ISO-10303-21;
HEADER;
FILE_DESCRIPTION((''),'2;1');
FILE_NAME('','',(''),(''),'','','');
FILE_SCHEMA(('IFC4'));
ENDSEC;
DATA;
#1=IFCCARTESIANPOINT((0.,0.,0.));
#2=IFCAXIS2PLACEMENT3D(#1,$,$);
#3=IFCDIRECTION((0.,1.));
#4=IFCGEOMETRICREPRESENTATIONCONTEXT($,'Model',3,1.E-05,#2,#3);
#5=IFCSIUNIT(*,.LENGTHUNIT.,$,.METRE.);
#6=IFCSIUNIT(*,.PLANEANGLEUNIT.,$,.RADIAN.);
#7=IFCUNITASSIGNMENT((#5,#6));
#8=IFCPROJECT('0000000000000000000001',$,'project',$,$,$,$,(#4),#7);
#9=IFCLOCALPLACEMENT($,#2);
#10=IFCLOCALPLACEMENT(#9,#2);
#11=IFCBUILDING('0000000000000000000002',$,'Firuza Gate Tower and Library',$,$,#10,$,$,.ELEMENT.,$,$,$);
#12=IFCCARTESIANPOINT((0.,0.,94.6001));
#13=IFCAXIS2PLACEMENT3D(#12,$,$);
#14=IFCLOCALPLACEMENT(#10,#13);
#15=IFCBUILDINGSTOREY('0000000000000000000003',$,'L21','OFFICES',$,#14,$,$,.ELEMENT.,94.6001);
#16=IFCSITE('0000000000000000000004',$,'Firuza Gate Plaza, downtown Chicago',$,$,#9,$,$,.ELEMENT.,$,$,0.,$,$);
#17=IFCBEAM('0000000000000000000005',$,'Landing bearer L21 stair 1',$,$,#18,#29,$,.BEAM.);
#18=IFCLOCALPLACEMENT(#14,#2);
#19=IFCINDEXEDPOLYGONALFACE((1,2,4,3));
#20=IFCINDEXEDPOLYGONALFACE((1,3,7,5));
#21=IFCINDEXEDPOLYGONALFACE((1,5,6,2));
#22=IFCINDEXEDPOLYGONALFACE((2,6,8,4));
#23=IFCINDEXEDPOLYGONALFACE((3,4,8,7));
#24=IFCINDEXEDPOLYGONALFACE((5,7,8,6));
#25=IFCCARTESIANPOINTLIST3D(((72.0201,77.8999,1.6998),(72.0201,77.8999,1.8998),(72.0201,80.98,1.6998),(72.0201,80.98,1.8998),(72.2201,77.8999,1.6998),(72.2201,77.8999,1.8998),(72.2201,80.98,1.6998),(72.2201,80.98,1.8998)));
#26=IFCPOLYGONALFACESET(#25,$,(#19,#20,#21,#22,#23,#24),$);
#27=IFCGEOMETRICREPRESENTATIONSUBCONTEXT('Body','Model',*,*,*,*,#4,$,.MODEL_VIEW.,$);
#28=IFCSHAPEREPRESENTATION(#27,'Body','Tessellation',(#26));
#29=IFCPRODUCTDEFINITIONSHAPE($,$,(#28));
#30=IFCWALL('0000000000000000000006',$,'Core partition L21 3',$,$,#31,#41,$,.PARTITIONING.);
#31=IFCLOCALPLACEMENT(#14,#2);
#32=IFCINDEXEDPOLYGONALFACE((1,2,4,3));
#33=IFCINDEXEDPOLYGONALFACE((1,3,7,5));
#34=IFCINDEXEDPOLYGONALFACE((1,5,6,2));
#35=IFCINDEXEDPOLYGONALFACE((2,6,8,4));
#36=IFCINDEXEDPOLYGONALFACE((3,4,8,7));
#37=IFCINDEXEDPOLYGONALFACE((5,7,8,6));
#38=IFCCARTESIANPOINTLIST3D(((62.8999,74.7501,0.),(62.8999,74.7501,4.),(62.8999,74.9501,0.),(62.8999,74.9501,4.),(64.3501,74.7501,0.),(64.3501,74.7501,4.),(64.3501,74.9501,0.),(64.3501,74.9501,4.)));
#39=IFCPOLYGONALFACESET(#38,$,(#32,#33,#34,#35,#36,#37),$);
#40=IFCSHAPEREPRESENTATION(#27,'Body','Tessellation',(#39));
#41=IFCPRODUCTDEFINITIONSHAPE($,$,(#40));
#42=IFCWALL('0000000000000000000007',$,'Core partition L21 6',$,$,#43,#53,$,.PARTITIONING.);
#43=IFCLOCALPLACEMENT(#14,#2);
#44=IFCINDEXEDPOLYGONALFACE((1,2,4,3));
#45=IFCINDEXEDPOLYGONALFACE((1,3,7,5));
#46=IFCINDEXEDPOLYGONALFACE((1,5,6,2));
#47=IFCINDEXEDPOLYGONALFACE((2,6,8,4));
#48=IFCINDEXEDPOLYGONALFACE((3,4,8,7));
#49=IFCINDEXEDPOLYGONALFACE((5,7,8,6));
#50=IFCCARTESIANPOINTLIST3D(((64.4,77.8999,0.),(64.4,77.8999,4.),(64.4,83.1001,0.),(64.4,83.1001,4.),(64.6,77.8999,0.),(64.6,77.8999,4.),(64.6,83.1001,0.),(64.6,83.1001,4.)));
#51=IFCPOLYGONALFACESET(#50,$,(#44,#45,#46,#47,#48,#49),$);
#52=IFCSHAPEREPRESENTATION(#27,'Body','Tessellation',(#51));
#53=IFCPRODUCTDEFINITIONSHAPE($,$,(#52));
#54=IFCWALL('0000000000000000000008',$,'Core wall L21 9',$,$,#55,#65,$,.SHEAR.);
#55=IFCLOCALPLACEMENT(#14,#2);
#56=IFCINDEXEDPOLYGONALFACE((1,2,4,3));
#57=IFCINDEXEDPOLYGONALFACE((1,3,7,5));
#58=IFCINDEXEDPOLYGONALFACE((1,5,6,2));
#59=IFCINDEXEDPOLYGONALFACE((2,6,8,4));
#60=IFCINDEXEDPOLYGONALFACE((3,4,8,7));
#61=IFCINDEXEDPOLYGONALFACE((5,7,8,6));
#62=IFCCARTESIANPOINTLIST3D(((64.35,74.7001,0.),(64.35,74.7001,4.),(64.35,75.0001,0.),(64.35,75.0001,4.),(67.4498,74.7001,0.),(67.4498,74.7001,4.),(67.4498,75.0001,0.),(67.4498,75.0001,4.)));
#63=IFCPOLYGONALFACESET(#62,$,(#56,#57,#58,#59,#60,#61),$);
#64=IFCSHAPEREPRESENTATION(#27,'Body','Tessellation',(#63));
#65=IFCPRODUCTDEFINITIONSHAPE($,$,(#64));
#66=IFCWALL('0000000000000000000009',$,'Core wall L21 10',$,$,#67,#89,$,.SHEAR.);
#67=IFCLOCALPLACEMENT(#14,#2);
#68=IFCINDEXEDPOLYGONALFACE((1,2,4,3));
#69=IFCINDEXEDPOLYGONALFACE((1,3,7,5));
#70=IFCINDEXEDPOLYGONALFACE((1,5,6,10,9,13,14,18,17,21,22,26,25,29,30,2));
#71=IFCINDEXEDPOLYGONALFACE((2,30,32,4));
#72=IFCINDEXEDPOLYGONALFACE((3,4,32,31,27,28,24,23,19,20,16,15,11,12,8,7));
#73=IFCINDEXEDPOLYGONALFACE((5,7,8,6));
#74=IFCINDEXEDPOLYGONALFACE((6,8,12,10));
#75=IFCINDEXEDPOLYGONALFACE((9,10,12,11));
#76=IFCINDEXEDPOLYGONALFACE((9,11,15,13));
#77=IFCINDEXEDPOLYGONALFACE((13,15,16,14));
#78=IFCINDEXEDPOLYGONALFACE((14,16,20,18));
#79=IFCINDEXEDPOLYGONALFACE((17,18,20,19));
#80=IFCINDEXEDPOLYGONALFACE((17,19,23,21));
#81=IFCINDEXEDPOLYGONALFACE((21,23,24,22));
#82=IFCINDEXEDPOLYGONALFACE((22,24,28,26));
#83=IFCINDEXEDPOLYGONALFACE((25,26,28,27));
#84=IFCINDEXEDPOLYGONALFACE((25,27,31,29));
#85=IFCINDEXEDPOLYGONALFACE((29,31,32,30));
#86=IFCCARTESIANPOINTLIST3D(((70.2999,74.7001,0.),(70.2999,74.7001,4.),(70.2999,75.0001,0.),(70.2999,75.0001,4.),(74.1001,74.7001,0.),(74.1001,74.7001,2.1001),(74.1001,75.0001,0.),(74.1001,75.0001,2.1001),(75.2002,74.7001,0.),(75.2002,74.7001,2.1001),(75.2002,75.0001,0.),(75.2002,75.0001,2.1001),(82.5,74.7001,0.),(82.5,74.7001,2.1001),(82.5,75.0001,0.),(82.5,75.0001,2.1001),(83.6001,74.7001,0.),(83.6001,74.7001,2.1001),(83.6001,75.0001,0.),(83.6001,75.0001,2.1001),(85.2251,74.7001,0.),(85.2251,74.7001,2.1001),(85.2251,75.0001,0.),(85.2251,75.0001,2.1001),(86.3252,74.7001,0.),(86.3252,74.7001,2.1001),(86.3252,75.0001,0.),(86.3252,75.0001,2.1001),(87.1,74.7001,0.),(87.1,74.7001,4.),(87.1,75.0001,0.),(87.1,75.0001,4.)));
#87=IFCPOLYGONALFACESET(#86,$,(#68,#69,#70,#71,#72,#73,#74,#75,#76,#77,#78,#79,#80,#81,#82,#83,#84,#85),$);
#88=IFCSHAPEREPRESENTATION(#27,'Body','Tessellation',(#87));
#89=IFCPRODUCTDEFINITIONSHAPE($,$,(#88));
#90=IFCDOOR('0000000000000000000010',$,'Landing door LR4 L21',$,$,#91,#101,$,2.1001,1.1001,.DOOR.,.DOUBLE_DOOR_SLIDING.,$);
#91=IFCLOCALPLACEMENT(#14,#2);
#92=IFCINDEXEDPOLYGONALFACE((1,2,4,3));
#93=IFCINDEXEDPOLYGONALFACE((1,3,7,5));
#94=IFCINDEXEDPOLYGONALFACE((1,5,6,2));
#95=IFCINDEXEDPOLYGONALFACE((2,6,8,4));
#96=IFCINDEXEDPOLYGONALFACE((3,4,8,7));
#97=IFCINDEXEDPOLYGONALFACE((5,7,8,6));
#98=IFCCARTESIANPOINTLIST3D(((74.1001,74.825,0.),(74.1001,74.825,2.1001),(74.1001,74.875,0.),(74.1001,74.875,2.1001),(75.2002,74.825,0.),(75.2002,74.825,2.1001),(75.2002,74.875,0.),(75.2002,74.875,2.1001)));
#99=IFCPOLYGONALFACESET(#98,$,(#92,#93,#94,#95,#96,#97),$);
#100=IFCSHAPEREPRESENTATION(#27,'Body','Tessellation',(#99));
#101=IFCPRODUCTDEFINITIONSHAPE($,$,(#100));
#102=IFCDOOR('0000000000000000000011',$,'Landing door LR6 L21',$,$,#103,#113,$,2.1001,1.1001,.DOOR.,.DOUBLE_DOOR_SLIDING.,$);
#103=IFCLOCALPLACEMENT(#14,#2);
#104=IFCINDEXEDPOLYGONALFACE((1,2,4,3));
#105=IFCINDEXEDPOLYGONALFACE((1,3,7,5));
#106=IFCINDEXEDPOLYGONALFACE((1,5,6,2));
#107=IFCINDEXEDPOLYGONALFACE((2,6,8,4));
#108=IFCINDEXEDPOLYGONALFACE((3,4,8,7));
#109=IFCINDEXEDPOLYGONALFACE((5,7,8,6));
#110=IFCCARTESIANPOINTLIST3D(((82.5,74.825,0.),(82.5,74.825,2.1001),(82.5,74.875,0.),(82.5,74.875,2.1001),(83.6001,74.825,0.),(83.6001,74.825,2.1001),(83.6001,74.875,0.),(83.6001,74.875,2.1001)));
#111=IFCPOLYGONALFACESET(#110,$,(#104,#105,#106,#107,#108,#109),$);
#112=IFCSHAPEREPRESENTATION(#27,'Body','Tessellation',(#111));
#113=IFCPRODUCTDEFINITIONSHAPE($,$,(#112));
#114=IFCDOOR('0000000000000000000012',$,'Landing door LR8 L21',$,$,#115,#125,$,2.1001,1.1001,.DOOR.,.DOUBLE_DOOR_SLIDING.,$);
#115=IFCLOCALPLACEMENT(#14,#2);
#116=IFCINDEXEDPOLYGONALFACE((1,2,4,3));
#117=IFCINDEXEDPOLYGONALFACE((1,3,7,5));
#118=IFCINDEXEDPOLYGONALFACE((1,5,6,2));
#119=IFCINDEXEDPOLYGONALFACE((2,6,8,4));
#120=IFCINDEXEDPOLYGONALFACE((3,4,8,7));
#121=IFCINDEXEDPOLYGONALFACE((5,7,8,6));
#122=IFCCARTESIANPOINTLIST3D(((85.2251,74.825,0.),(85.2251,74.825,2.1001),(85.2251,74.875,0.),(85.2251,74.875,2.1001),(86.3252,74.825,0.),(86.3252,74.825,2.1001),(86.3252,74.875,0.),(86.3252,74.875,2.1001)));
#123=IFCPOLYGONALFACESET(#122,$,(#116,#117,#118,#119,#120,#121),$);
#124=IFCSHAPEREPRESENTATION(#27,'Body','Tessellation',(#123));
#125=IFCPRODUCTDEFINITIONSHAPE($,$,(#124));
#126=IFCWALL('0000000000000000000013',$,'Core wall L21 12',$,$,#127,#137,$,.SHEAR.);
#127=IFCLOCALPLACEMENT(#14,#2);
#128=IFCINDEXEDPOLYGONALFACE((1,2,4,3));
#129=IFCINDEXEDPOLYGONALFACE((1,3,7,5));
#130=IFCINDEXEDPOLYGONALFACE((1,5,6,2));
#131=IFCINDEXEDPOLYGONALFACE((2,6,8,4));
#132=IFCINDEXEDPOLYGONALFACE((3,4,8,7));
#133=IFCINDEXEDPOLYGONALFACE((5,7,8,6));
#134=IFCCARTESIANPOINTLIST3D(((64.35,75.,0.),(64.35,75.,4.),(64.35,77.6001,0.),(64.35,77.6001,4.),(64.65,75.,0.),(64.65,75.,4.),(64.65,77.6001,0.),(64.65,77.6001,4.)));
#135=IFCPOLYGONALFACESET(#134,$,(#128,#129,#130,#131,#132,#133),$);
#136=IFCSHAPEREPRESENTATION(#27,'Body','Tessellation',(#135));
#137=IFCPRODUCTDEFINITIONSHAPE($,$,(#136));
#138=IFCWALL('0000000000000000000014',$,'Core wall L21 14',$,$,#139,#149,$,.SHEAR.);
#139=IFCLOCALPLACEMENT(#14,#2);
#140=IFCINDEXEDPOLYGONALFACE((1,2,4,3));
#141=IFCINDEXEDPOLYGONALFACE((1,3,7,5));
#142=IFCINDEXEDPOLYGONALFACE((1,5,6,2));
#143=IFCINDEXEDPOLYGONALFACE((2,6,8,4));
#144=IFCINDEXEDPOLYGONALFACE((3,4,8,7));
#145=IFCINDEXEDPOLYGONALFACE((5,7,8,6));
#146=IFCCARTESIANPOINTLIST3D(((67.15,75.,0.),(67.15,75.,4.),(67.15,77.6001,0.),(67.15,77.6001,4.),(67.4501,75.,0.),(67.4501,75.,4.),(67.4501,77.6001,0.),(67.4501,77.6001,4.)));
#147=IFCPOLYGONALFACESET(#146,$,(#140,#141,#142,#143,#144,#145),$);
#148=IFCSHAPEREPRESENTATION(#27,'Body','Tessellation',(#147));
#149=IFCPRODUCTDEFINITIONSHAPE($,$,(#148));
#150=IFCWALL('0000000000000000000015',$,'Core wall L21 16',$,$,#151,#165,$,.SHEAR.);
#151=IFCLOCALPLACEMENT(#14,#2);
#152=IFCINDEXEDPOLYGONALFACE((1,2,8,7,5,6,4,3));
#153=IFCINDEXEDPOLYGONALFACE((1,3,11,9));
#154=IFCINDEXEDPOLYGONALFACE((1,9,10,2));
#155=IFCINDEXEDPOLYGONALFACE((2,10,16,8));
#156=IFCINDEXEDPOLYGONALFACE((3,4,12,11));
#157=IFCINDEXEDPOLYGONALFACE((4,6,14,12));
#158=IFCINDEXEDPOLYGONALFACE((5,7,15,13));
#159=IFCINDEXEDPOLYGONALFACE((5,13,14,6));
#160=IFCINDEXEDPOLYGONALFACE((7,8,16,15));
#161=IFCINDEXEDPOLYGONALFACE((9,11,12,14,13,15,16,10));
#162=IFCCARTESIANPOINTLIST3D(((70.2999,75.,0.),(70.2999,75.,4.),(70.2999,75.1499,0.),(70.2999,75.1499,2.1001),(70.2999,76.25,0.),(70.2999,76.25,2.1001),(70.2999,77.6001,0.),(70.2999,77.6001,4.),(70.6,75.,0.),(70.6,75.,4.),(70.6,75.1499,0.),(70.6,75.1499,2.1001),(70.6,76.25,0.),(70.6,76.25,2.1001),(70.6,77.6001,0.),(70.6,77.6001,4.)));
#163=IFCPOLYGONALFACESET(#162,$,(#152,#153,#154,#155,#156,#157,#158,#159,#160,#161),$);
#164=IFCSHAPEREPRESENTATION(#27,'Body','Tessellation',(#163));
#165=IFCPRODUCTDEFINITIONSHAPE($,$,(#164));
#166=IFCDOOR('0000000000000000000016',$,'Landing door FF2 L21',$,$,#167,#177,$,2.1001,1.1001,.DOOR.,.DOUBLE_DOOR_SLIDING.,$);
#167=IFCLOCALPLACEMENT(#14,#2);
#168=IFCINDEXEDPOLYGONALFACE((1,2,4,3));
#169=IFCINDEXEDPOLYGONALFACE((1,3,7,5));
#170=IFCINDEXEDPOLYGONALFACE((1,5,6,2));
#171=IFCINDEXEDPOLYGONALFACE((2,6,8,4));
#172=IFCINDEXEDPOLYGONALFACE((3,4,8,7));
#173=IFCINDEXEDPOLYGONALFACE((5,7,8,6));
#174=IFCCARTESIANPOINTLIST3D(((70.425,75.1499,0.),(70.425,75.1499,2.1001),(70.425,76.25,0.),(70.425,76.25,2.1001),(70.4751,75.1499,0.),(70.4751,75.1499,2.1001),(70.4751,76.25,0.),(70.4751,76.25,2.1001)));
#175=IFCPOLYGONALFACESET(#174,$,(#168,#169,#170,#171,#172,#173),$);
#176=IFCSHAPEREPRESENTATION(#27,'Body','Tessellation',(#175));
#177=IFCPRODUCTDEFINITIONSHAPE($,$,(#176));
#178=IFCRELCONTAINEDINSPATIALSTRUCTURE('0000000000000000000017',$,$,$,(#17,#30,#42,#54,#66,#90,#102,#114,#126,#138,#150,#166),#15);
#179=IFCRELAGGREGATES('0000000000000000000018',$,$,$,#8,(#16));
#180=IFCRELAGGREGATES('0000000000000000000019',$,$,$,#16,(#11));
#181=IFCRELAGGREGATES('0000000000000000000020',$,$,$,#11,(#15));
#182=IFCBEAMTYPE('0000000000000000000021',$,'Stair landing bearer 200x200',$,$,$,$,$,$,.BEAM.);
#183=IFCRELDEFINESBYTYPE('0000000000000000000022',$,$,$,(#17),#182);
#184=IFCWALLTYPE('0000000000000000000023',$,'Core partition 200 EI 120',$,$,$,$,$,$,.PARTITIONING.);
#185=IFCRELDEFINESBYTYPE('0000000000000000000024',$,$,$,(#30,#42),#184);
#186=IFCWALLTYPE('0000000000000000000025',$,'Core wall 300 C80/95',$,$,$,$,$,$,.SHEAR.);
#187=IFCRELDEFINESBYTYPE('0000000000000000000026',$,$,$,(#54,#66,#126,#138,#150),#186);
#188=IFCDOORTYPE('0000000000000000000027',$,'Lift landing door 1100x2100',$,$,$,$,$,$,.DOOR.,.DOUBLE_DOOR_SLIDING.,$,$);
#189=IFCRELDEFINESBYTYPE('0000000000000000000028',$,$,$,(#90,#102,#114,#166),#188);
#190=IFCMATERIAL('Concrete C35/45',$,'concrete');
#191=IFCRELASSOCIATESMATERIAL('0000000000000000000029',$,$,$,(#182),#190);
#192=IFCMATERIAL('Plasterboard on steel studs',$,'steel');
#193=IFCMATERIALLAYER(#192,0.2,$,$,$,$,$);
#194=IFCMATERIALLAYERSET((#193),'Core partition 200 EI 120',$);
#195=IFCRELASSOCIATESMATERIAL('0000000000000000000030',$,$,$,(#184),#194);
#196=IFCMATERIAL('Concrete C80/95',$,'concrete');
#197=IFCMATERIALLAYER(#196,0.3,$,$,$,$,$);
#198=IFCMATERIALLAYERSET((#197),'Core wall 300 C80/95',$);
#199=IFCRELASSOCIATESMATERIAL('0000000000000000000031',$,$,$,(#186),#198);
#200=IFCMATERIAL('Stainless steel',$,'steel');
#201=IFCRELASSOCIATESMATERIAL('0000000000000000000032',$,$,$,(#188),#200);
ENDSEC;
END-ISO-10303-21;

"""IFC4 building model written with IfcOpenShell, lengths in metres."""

from ifc_helpers import new_model, si_unit, direction, frame, frame_2d, origin, origin_2d, place, context, subcontext, project, spatial, rectangle, extrude, material, layer, layer_set, material_profile, profile_set, type_object, element, fill, save


model = new_model("IFC4")

# Units and contexts
model_context = context("Model", 3, precision=1e-05, world=origin(), true_north=direction((0.0, 1.0)))
body_context = subcontext(model_context, "Body", "Model", "MODEL_VIEW")
ifc_project = project(units=[si_unit("LENGTHUNIT", "METRE"), si_unit("PLANEANGLEUNIT", "RADIAN")], contexts=[model_context])

# Site, building, storey
site_placement = place(None, origin())
site = spatial("IfcSite", under=ifc_project, at=site_placement, Name="Firuza Gate Plaza, downtown Chicago", CompositionType="ELEMENT", RefElevation=0.0)
building_placement = place(site_placement, origin())
building = spatial("IfcBuilding", under=site, at=building_placement, Name="Firuza Gate Tower and Library", CompositionType="ELEMENT")
storey_placement = place(building_placement, frame((0.0, 0.0, 94.6001)))
storey = spatial("IfcBuildingStorey", under=building, at=storey_placement, Name="L21", Description="OFFICES", CompositionType="ELEMENT", Elevation=94.6001)

# Beam
ifc_material_1 = material(Name="Concrete C35/45", Category="concrete")
ifc_material_profile = material_profile(ifc_material_1, rectangle(XDim=0.2, YDim=0.2, at=origin_2d()))
ifc_profile_set = profile_set([ifc_material_profile], Name="Concrete C35/45")
beam_type = type_object("IfcBeamType", Name="Stair landing bearer 200x200", PredefinedType="BEAM", material=ifc_profile_set)
beam_placement = place(storey_placement, frame((72.1201, 77.8999, 1.7998), z_axis=(0.0, 1.0, 0.0), x_axis=(-1.0, 0.0, 0.0)))
element("IfcBeam", 1, at=beam_placement, inside=storey, type_object=beam_type, Name="Landing bearer L21 stair 1", PredefinedType="BEAM", context=body_context, shape_type="SweptSolid", body=[
    extrude(rectangle(XDim=0.2, YDim=0.2, at=origin_2d()), origin(), (0.0, 0.0, 1.0), 3.0801),
])

# Walls
ifc_material_2 = material(Name="Plasterboard on steel studs", Category="steel")
ifc_layer_1 = layer(ifc_material_2, 0.2)
ifc_layer_set_1 = layer_set([ifc_layer_1], Name="Core partition 200 EI 120")
wall_type_1 = type_object("IfcWallType", Name="Core partition 200 EI 120", PredefinedType="PARTITIONING", material=ifc_layer_set_1)
wall_1_placement = place(storey_placement, frame((62.8999, 74.8501, 0.0), z_axis=(0.0, 0.0, 1.0), x_axis=(1.0, 0.0, 0.0)))
element("IfcWall", 2, at=wall_1_placement, inside=storey, type_object=wall_type_1, Name="Core partition L21 3", PredefinedType="PARTITIONING", context=body_context, shape_type="SweptSolid", body=[
    extrude(rectangle(XDim=1.4502, YDim=0.2, at=frame_2d((0.7251, 0.0))), origin(), (0.0, 0.0, 1.0), 4.0),
])
wall_2_placement = place(storey_placement, frame((64.5, 77.8999, 0.0), z_axis=(0.0, 0.0, 1.0), x_axis=(0.0, 1.0, 0.0)))
element("IfcWall", 3, at=wall_2_placement, inside=storey, type_object=wall_type_1, Name="Core partition L21 6", PredefinedType="PARTITIONING", context=body_context, shape_type="SweptSolid", body=[
    extrude(rectangle(XDim=5.2002, YDim=0.2, at=frame_2d((2.6001, 0.0))), origin(), (0.0, 0.0, 1.0), 4.0),
])
ifc_material_3 = material(Name="Concrete C80/95", Category="concrete")
ifc_layer_2 = layer(ifc_material_3, 0.3)
ifc_layer_set_2 = layer_set([ifc_layer_2], Name="Core wall 300 C80/95")
wall_type_2 = type_object("IfcWallType", Name="Core wall 300 C80/95", PredefinedType="SHEAR", material=ifc_layer_set_2)
wall_3_placement = place(storey_placement, frame((64.3501, 74.8501, 0.0), z_axis=(0.0, 0.0, 1.0), x_axis=(1.0, 0.0, 0.0)))
element("IfcWall", 4, at=wall_3_placement, inside=storey, type_object=wall_type_2, Name="Core wall L21 9", PredefinedType="SHEAR", context=body_context, shape_type="SweptSolid", body=[
    extrude(rectangle(XDim=3.0999, YDim=0.3, at=frame_2d((1.5498, 0.0))), origin(), (0.0, 0.0, 1.0), 4.0),
])

# Wall, openings, doors
wall_4_placement = place(storey_placement, frame((70.3, 74.8501, 0.0), z_axis=(0.0, 0.0, 1.0), x_axis=(1.0, 0.0, 0.0)))
wall_4 = element("IfcWall", 5, at=wall_4_placement, inside=storey, type_object=wall_type_2, Name="Core wall L21 10", PredefinedType="SHEAR", context=body_context, shape_type="SweptSolid", body=[
    extrude(rectangle(XDim=16.8, YDim=0.3, at=frame_2d((8.3999, 0.0))), origin(), (0.0, 0.0, 1.0), 4.0),
])
opening_1_placement = place(wall_4_placement, frame((3.8, 0.0, 0.0)))
opening_1 = element("IfcOpeningElement", 6, at=opening_1_placement, cuts=wall_4, PredefinedType="OPENING", context=body_context, shape_type="SweptSolid", body=[
    extrude(rectangle(XDim=1.1001, YDim=2.1001, at=frame_2d((0.55, 1.05))), frame((0.0, 0.1602, 0.0), z_axis=(0.0, -1.0, 0.0), x_axis=(1.0, 0.0, 0.0)), (0.0, 0.0, 1.0), 0.3201),
])
opening_2_placement = place(wall_4_placement, frame((12.2, 0.0, 0.0)))
opening_2 = element("IfcOpeningElement", 7, at=opening_2_placement, cuts=wall_4, PredefinedType="OPENING", context=body_context, shape_type="SweptSolid", body=[
    extrude(rectangle(XDim=1.1001, YDim=2.1001, at=frame_2d((0.55, 1.05))), frame((0.0, 0.1602, 0.0), z_axis=(0.0, -1.0, 0.0), x_axis=(1.0, 0.0, 0.0)), (0.0, 0.0, 1.0), 0.3201),
])
opening_3_placement = place(wall_4_placement, frame((14.925, 0.0, 0.0)))
opening_3 = element("IfcOpeningElement", 8, at=opening_3_placement, cuts=wall_4, PredefinedType="OPENING", context=body_context, shape_type="SweptSolid", body=[
    extrude(rectangle(XDim=1.1001, YDim=2.1001, at=frame_2d((0.55, 1.05))), frame((0.0, 0.1602, 0.0), z_axis=(0.0, -1.0, 0.0), x_axis=(1.0, 0.0, 0.0)), (0.0, 0.0, 1.0), 0.3201),
])
ifc_material_4 = material(Name="Stainless steel", Category="steel")
door_type_1 = type_object("IfcDoorType", Name="Lift landing door 1100x2100", OperationType="DOUBLE_DOOR_SLIDING", PredefinedType="DOOR", material=ifc_material_4)
door_1_placement = place(opening_1_placement, origin())
door_1 = element("IfcDoor", 9, at=door_1_placement, inside=storey, type_object=door_type_1, Name="Landing door LR4 L21", OperationType="DOUBLE_DOOR_SLIDING", OverallHeight=2.1001, OverallWidth=1.1001, PredefinedType="DOOR", context=body_context, shape_type="SweptSolid", body=[
    extrude(rectangle(XDim=1.1001, YDim=2.1001, at=frame_2d((0.55, 1.05))), frame((0.0, 0.0249, 0.0), z_axis=(0.0, -1.0, 0.0), x_axis=(1.0, 0.0, 0.0)), (0.0, 0.0, 1.0), 0.05),
])
fill(opening_1, door_1)
door_2_placement = place(opening_2_placement, origin())
door_2 = element("IfcDoor", 10, at=door_2_placement, inside=storey, type_object=door_type_1, Name="Landing door LR6 L21", OperationType="DOUBLE_DOOR_SLIDING", OverallHeight=2.1001, OverallWidth=1.1001, PredefinedType="DOOR", context=body_context, shape_type="SweptSolid", body=[
    extrude(rectangle(XDim=1.1001, YDim=2.1001, at=frame_2d((0.55, 1.05))), frame((0.0, 0.0249, 0.0), z_axis=(0.0, -1.0, 0.0), x_axis=(1.0, 0.0, 0.0)), (0.0, 0.0, 1.0), 0.05),
])
fill(opening_2, door_2)
door_3_placement = place(opening_3_placement, origin())
door_3 = element("IfcDoor", 11, at=door_3_placement, inside=storey, type_object=door_type_1, Name="Landing door LR8 L21", OperationType="DOUBLE_DOOR_SLIDING", OverallHeight=2.1001, OverallWidth=1.1001, PredefinedType="DOOR", context=body_context, shape_type="SweptSolid", body=[
    extrude(rectangle(XDim=1.1001, YDim=2.1001, at=frame_2d((0.55, 1.05))), frame((0.0, 0.0249, 0.0), z_axis=(0.0, -1.0, 0.0), x_axis=(1.0, 0.0, 0.0)), (0.0, 0.0, 1.0), 0.05),
])
fill(opening_3, door_3)

# Walls
for number, where, z_axis, x_axis, name in (
    (12, (64.5, 75.0, 0.0), (0.0, 0.0, 1.0), (0.0, 1.0, 0.0), "Core wall L21 12"),
    (13, (67.3, 75.0, 0.0), (0.0, 0.0, 1.0), (0.0, 1.0, 0.0), "Core wall L21 14"),
):
    element("IfcWall", number, at=place(storey_placement, frame(where, z_axis=z_axis, x_axis=x_axis)), inside=storey, type_object=wall_type_2, Name=name, PredefinedType="SHEAR", context=body_context, shape_type="SweptSolid", body=[
        extrude(rectangle(XDim=2.6001, YDim=0.3, at=frame_2d((1.3, 0.0))), origin(), (0.0, 0.0, 1.0), 4.0),
    ])

# Wall, opening, door
wall_5_placement = place(storey_placement, frame((70.45, 75.0, 0.0), z_axis=(0.0, 0.0, 1.0), x_axis=(0.0, 1.0, 0.0)))
wall_5 = element("IfcWall", 14, at=wall_5_placement, inside=storey, type_object=wall_type_2, Name="Core wall L21 16", PredefinedType="SHEAR", context=body_context, shape_type="SweptSolid", body=[
    extrude(rectangle(XDim=2.6001, YDim=0.3, at=frame_2d((1.3, 0.0))), origin(), (0.0, 0.0, 1.0), 4.0),
])
opening_4_placement = place(wall_5_placement, frame((0.1499, 0.0, 0.0)))
opening_4 = element("IfcOpeningElement", 15, at=opening_4_placement, cuts=wall_5, PredefinedType="OPENING", context=body_context, shape_type="SweptSolid", body=[
    extrude(rectangle(XDim=1.1001, YDim=2.1001, at=frame_2d((0.55, 1.05))), frame((0.0, 0.1602, 0.0), z_axis=(0.0, -1.0, 0.0), x_axis=(1.0, 0.0, 0.0)), (0.0, 0.0, 1.0), 0.3201),
])
door_4_placement = place(opening_4_placement, origin())
door_4 = element("IfcDoor", 16, at=door_4_placement, inside=storey, type_object=door_type_1, Name="Landing door FF2 L21", OperationType="DOUBLE_DOOR_SLIDING", OverallHeight=2.1001, OverallWidth=1.1001, PredefinedType="DOOR", context=body_context, shape_type="SweptSolid", body=[
    extrude(rectangle(XDim=1.1001, YDim=2.1001, at=frame_2d((0.55, 1.05))), frame((0.0, 0.0249, 0.0), z_axis=(0.0, -1.0, 0.0), x_axis=(1.0, 0.0, 0.0)), (0.0, 0.0, 1.0), 0.05),
])
fill(opening_4, door_4)

save(model, "model.ifc")
